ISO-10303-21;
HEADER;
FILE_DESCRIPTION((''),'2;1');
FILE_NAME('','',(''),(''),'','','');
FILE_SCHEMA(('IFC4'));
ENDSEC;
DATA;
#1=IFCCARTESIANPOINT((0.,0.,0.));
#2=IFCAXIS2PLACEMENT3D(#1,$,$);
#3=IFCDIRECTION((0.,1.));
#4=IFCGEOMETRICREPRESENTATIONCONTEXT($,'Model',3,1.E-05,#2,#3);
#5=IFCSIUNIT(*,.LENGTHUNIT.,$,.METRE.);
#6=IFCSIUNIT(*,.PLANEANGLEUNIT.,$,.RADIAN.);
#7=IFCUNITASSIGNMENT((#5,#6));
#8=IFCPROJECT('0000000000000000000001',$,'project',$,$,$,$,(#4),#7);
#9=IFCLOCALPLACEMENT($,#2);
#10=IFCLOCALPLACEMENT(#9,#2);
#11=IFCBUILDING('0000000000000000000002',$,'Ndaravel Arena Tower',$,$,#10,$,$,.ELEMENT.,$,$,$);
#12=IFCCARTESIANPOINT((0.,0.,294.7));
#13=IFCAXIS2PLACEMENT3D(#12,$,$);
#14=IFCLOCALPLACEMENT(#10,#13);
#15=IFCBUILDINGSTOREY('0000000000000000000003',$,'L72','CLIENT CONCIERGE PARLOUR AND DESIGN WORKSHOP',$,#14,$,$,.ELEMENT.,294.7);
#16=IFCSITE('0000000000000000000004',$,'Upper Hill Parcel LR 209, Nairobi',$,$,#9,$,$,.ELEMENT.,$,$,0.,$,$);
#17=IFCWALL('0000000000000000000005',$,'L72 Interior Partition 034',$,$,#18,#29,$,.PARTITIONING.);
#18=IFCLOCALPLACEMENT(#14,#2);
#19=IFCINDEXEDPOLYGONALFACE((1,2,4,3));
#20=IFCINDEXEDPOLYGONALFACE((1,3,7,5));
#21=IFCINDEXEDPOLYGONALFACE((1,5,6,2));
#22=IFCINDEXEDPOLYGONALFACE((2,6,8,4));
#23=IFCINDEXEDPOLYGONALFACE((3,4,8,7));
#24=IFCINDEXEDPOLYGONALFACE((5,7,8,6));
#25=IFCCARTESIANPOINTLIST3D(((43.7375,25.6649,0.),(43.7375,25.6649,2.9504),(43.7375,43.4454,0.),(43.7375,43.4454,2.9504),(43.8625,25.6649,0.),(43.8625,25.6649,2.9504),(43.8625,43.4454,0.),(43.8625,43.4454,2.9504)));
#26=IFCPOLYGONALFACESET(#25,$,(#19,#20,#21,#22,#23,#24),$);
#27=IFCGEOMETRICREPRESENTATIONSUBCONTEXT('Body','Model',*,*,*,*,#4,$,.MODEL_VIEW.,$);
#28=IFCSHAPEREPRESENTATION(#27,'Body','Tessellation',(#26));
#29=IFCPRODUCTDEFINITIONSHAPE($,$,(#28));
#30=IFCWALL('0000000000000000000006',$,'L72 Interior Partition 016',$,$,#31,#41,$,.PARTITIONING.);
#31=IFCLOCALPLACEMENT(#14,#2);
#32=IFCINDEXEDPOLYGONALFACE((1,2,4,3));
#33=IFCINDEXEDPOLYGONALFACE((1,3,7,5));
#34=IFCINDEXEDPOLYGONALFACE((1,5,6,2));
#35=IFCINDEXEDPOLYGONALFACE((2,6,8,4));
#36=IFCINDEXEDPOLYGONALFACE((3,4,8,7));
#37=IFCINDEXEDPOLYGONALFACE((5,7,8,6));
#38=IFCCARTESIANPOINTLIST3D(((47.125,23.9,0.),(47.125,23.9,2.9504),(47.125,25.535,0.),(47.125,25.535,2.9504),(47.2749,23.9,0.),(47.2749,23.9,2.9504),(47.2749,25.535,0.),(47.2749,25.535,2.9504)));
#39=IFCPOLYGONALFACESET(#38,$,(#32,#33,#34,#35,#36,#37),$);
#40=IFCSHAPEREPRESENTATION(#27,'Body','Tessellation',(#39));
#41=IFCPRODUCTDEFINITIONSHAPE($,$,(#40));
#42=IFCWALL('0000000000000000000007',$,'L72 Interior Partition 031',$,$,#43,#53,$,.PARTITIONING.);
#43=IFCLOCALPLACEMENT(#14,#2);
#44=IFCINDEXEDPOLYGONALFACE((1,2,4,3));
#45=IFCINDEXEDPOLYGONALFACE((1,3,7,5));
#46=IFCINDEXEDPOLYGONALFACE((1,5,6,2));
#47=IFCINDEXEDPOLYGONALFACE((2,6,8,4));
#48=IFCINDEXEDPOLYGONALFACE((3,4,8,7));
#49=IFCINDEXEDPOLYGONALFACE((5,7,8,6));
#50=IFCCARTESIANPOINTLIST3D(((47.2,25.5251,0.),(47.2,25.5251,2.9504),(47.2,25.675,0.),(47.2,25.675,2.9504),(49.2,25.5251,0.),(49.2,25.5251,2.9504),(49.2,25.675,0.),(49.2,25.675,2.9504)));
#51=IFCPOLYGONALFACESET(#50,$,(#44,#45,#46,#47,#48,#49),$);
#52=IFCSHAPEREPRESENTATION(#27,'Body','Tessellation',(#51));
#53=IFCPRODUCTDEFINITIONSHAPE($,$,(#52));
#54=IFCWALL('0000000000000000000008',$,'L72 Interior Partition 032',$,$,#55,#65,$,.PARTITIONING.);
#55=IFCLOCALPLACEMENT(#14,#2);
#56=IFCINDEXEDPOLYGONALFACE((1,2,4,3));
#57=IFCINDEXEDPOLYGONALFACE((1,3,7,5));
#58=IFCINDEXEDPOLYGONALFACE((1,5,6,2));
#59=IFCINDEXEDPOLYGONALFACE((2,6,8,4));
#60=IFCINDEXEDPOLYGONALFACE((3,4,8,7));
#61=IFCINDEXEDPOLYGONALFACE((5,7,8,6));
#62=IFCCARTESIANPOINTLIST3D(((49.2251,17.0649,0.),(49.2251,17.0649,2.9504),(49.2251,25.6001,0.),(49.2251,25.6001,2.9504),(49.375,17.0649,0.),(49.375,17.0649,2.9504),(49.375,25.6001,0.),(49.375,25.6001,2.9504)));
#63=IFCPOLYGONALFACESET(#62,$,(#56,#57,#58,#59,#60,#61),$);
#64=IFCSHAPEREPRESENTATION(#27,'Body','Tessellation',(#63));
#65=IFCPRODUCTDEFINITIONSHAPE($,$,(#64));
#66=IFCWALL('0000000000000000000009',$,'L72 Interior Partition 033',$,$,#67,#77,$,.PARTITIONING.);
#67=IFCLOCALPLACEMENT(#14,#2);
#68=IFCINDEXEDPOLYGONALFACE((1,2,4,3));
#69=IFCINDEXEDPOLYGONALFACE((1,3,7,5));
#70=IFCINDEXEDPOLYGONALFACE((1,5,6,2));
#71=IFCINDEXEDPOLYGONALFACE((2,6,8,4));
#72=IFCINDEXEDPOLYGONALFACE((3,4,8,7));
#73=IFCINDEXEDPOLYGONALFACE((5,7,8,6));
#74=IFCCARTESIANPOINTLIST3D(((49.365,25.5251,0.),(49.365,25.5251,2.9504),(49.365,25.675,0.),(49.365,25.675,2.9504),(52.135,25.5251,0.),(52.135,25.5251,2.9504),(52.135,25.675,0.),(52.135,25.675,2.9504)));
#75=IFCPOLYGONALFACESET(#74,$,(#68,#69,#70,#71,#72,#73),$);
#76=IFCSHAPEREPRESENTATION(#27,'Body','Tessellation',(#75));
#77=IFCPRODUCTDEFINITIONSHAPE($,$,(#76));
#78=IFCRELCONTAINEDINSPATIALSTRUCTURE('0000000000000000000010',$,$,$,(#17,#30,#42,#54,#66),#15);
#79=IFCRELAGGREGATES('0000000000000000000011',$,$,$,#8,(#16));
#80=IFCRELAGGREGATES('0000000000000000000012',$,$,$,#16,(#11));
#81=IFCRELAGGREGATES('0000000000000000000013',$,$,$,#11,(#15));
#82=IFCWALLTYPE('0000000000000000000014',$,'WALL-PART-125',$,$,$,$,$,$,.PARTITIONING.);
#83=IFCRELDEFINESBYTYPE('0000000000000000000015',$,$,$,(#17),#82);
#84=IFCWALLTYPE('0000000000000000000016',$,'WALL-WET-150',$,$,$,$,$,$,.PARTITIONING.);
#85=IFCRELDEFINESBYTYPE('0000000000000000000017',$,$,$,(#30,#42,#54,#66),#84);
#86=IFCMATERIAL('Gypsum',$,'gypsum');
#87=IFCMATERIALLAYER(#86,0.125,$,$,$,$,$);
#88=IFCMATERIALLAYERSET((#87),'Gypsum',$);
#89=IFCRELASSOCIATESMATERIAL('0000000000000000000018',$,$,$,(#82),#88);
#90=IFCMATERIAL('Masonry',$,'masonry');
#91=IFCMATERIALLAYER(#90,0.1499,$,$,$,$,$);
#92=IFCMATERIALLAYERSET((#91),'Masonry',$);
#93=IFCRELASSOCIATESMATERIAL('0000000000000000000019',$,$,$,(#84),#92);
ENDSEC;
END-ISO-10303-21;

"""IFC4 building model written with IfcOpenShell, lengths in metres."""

from ifc_helpers import new_model, si_unit, direction, frame, frame_2d, origin, place, context, subcontext, project, spatial, rectangle, extrude, material, layer, layer_set, type_object, element, save


model = new_model("IFC4")

# Units and contexts
model_context = context("Model", 3, precision=1e-05, world=origin(), true_north=direction((0.0, 1.0)))
body_context = subcontext(model_context, "Body", "Model", "MODEL_VIEW")
ifc_project = project(units=[si_unit("LENGTHUNIT", "METRE"), si_unit("PLANEANGLEUNIT", "RADIAN")], contexts=[model_context])

# Site, building, storey
site_placement = place(None, origin())
site = spatial("IfcSite", under=ifc_project, at=site_placement, Name="Upper Hill Parcel LR 209, Nairobi", CompositionType="ELEMENT", RefElevation=0.0)
building_placement = place(site_placement, origin())
building = spatial("IfcBuilding", under=site, at=building_placement, Name="Ndaravel Arena Tower", CompositionType="ELEMENT")
storey_placement = place(building_placement, frame((0.0, 0.0, 294.7)))
storey = spatial("IfcBuildingStorey", under=building, at=storey_placement, Name="L72", Description="CLIENT CONCIERGE PARLOUR AND DESIGN WORKSHOP", CompositionType="ELEMENT", Elevation=294.7)

# Shared definitions
ifc_material_1 = material(Name="Gypsum", Category="gypsum")
ifc_layer_1 = layer(ifc_material_1, 0.125)
ifc_layer_set_1 = layer_set([ifc_layer_1], Name="Gypsum")
wall_type_1 = type_object("IfcWallType", Name="WALL-PART-125", PredefinedType="PARTITIONING", material=ifc_layer_set_1)

# Walls
wall_1_placement = place(storey_placement, frame((43.8, 25.665, 0.0), z_axis=(0.0, 0.0, 1.0), x_axis=(0.0, 1.0, 0.0)))
element("IfcWall", 1, at=wall_1_placement, inside=storey, type_object=wall_type_1, Name="L72 Interior Partition 034", PredefinedType="PARTITIONING", context=body_context, shape_type="SweptSolid", body=[
    extrude(rectangle(XDim=17.7805, YDim=0.125, at=frame_2d((8.8901, 0.0))), origin(), (0.0, 0.0, 1.0), 2.9504),
])
ifc_material_2 = material(Name="Masonry", Category="masonry")
ifc_layer_2 = layer(ifc_material_2, 0.1499)
ifc_layer_set_2 = layer_set([ifc_layer_2], Name="Masonry")
wall_type_2 = type_object("IfcWallType", Name="WALL-WET-150", PredefinedType="PARTITIONING", material=ifc_layer_set_2)
wall_2_placement = place(storey_placement, frame((47.2, 25.5349, 0.0), z_axis=(0.0, 0.0, 1.0), x_axis=(0.0, -1.0, 0.0)))
element("IfcWall", 2, at=wall_2_placement, inside=storey, type_object=wall_type_2, Name="L72 Interior Partition 016", PredefinedType="PARTITIONING", context=body_context, shape_type="SweptSolid", body=[
    extrude(rectangle(XDim=1.635, YDim=0.1499, at=frame_2d((0.8174, 0.0))), origin(), (0.0, 0.0, 1.0), 2.9504),
])
wall_3_placement = place(storey_placement, frame((47.2, 25.6001, 0.0), z_axis=(0.0, 0.0, 1.0), x_axis=(1.0, 0.0, 0.0)))
element("IfcWall", 3, at=wall_3_placement, inside=storey, type_object=wall_type_2, Name="L72 Interior Partition 031", PredefinedType="PARTITIONING", context=body_context, shape_type="SweptSolid", body=[
    extrude(rectangle(XDim=2.0, YDim=0.1499, at=frame_2d((1.0, 0.0))), origin(), (0.0, 0.0, 1.0), 2.9504),
])
wall_4_placement = place(storey_placement, frame((49.3, 25.6001, 0.0), z_axis=(0.0, 0.0, 1.0), x_axis=(0.0, -1.0, 0.0)))
element("IfcWall", 4, at=wall_4_placement, inside=storey, type_object=wall_type_2, Name="L72 Interior Partition 032", PredefinedType="PARTITIONING", context=body_context, shape_type="SweptSolid", body=[
    extrude(rectangle(XDim=8.5352, YDim=0.1499, at=frame_2d((4.2676, 0.0))), origin(), (0.0, 0.0, 1.0), 2.9504),
])
wall_5_placement = place(storey_placement, frame((49.365, 25.6001, 0.0), z_axis=(0.0, 0.0, 1.0), x_axis=(1.0, 0.0, 0.0)))
element("IfcWall", 5, at=wall_5_placement, inside=storey, type_object=wall_type_2, Name="L72 Interior Partition 033", PredefinedType="PARTITIONING", context=body_context, shape_type="SweptSolid", body=[
    extrude(rectangle(XDim=2.77, YDim=0.1499, at=frame_2d((1.385, 0.0))), origin(), (0.0, 0.0, 1.0), 2.9504),
])

save(model, "model.ifc")
